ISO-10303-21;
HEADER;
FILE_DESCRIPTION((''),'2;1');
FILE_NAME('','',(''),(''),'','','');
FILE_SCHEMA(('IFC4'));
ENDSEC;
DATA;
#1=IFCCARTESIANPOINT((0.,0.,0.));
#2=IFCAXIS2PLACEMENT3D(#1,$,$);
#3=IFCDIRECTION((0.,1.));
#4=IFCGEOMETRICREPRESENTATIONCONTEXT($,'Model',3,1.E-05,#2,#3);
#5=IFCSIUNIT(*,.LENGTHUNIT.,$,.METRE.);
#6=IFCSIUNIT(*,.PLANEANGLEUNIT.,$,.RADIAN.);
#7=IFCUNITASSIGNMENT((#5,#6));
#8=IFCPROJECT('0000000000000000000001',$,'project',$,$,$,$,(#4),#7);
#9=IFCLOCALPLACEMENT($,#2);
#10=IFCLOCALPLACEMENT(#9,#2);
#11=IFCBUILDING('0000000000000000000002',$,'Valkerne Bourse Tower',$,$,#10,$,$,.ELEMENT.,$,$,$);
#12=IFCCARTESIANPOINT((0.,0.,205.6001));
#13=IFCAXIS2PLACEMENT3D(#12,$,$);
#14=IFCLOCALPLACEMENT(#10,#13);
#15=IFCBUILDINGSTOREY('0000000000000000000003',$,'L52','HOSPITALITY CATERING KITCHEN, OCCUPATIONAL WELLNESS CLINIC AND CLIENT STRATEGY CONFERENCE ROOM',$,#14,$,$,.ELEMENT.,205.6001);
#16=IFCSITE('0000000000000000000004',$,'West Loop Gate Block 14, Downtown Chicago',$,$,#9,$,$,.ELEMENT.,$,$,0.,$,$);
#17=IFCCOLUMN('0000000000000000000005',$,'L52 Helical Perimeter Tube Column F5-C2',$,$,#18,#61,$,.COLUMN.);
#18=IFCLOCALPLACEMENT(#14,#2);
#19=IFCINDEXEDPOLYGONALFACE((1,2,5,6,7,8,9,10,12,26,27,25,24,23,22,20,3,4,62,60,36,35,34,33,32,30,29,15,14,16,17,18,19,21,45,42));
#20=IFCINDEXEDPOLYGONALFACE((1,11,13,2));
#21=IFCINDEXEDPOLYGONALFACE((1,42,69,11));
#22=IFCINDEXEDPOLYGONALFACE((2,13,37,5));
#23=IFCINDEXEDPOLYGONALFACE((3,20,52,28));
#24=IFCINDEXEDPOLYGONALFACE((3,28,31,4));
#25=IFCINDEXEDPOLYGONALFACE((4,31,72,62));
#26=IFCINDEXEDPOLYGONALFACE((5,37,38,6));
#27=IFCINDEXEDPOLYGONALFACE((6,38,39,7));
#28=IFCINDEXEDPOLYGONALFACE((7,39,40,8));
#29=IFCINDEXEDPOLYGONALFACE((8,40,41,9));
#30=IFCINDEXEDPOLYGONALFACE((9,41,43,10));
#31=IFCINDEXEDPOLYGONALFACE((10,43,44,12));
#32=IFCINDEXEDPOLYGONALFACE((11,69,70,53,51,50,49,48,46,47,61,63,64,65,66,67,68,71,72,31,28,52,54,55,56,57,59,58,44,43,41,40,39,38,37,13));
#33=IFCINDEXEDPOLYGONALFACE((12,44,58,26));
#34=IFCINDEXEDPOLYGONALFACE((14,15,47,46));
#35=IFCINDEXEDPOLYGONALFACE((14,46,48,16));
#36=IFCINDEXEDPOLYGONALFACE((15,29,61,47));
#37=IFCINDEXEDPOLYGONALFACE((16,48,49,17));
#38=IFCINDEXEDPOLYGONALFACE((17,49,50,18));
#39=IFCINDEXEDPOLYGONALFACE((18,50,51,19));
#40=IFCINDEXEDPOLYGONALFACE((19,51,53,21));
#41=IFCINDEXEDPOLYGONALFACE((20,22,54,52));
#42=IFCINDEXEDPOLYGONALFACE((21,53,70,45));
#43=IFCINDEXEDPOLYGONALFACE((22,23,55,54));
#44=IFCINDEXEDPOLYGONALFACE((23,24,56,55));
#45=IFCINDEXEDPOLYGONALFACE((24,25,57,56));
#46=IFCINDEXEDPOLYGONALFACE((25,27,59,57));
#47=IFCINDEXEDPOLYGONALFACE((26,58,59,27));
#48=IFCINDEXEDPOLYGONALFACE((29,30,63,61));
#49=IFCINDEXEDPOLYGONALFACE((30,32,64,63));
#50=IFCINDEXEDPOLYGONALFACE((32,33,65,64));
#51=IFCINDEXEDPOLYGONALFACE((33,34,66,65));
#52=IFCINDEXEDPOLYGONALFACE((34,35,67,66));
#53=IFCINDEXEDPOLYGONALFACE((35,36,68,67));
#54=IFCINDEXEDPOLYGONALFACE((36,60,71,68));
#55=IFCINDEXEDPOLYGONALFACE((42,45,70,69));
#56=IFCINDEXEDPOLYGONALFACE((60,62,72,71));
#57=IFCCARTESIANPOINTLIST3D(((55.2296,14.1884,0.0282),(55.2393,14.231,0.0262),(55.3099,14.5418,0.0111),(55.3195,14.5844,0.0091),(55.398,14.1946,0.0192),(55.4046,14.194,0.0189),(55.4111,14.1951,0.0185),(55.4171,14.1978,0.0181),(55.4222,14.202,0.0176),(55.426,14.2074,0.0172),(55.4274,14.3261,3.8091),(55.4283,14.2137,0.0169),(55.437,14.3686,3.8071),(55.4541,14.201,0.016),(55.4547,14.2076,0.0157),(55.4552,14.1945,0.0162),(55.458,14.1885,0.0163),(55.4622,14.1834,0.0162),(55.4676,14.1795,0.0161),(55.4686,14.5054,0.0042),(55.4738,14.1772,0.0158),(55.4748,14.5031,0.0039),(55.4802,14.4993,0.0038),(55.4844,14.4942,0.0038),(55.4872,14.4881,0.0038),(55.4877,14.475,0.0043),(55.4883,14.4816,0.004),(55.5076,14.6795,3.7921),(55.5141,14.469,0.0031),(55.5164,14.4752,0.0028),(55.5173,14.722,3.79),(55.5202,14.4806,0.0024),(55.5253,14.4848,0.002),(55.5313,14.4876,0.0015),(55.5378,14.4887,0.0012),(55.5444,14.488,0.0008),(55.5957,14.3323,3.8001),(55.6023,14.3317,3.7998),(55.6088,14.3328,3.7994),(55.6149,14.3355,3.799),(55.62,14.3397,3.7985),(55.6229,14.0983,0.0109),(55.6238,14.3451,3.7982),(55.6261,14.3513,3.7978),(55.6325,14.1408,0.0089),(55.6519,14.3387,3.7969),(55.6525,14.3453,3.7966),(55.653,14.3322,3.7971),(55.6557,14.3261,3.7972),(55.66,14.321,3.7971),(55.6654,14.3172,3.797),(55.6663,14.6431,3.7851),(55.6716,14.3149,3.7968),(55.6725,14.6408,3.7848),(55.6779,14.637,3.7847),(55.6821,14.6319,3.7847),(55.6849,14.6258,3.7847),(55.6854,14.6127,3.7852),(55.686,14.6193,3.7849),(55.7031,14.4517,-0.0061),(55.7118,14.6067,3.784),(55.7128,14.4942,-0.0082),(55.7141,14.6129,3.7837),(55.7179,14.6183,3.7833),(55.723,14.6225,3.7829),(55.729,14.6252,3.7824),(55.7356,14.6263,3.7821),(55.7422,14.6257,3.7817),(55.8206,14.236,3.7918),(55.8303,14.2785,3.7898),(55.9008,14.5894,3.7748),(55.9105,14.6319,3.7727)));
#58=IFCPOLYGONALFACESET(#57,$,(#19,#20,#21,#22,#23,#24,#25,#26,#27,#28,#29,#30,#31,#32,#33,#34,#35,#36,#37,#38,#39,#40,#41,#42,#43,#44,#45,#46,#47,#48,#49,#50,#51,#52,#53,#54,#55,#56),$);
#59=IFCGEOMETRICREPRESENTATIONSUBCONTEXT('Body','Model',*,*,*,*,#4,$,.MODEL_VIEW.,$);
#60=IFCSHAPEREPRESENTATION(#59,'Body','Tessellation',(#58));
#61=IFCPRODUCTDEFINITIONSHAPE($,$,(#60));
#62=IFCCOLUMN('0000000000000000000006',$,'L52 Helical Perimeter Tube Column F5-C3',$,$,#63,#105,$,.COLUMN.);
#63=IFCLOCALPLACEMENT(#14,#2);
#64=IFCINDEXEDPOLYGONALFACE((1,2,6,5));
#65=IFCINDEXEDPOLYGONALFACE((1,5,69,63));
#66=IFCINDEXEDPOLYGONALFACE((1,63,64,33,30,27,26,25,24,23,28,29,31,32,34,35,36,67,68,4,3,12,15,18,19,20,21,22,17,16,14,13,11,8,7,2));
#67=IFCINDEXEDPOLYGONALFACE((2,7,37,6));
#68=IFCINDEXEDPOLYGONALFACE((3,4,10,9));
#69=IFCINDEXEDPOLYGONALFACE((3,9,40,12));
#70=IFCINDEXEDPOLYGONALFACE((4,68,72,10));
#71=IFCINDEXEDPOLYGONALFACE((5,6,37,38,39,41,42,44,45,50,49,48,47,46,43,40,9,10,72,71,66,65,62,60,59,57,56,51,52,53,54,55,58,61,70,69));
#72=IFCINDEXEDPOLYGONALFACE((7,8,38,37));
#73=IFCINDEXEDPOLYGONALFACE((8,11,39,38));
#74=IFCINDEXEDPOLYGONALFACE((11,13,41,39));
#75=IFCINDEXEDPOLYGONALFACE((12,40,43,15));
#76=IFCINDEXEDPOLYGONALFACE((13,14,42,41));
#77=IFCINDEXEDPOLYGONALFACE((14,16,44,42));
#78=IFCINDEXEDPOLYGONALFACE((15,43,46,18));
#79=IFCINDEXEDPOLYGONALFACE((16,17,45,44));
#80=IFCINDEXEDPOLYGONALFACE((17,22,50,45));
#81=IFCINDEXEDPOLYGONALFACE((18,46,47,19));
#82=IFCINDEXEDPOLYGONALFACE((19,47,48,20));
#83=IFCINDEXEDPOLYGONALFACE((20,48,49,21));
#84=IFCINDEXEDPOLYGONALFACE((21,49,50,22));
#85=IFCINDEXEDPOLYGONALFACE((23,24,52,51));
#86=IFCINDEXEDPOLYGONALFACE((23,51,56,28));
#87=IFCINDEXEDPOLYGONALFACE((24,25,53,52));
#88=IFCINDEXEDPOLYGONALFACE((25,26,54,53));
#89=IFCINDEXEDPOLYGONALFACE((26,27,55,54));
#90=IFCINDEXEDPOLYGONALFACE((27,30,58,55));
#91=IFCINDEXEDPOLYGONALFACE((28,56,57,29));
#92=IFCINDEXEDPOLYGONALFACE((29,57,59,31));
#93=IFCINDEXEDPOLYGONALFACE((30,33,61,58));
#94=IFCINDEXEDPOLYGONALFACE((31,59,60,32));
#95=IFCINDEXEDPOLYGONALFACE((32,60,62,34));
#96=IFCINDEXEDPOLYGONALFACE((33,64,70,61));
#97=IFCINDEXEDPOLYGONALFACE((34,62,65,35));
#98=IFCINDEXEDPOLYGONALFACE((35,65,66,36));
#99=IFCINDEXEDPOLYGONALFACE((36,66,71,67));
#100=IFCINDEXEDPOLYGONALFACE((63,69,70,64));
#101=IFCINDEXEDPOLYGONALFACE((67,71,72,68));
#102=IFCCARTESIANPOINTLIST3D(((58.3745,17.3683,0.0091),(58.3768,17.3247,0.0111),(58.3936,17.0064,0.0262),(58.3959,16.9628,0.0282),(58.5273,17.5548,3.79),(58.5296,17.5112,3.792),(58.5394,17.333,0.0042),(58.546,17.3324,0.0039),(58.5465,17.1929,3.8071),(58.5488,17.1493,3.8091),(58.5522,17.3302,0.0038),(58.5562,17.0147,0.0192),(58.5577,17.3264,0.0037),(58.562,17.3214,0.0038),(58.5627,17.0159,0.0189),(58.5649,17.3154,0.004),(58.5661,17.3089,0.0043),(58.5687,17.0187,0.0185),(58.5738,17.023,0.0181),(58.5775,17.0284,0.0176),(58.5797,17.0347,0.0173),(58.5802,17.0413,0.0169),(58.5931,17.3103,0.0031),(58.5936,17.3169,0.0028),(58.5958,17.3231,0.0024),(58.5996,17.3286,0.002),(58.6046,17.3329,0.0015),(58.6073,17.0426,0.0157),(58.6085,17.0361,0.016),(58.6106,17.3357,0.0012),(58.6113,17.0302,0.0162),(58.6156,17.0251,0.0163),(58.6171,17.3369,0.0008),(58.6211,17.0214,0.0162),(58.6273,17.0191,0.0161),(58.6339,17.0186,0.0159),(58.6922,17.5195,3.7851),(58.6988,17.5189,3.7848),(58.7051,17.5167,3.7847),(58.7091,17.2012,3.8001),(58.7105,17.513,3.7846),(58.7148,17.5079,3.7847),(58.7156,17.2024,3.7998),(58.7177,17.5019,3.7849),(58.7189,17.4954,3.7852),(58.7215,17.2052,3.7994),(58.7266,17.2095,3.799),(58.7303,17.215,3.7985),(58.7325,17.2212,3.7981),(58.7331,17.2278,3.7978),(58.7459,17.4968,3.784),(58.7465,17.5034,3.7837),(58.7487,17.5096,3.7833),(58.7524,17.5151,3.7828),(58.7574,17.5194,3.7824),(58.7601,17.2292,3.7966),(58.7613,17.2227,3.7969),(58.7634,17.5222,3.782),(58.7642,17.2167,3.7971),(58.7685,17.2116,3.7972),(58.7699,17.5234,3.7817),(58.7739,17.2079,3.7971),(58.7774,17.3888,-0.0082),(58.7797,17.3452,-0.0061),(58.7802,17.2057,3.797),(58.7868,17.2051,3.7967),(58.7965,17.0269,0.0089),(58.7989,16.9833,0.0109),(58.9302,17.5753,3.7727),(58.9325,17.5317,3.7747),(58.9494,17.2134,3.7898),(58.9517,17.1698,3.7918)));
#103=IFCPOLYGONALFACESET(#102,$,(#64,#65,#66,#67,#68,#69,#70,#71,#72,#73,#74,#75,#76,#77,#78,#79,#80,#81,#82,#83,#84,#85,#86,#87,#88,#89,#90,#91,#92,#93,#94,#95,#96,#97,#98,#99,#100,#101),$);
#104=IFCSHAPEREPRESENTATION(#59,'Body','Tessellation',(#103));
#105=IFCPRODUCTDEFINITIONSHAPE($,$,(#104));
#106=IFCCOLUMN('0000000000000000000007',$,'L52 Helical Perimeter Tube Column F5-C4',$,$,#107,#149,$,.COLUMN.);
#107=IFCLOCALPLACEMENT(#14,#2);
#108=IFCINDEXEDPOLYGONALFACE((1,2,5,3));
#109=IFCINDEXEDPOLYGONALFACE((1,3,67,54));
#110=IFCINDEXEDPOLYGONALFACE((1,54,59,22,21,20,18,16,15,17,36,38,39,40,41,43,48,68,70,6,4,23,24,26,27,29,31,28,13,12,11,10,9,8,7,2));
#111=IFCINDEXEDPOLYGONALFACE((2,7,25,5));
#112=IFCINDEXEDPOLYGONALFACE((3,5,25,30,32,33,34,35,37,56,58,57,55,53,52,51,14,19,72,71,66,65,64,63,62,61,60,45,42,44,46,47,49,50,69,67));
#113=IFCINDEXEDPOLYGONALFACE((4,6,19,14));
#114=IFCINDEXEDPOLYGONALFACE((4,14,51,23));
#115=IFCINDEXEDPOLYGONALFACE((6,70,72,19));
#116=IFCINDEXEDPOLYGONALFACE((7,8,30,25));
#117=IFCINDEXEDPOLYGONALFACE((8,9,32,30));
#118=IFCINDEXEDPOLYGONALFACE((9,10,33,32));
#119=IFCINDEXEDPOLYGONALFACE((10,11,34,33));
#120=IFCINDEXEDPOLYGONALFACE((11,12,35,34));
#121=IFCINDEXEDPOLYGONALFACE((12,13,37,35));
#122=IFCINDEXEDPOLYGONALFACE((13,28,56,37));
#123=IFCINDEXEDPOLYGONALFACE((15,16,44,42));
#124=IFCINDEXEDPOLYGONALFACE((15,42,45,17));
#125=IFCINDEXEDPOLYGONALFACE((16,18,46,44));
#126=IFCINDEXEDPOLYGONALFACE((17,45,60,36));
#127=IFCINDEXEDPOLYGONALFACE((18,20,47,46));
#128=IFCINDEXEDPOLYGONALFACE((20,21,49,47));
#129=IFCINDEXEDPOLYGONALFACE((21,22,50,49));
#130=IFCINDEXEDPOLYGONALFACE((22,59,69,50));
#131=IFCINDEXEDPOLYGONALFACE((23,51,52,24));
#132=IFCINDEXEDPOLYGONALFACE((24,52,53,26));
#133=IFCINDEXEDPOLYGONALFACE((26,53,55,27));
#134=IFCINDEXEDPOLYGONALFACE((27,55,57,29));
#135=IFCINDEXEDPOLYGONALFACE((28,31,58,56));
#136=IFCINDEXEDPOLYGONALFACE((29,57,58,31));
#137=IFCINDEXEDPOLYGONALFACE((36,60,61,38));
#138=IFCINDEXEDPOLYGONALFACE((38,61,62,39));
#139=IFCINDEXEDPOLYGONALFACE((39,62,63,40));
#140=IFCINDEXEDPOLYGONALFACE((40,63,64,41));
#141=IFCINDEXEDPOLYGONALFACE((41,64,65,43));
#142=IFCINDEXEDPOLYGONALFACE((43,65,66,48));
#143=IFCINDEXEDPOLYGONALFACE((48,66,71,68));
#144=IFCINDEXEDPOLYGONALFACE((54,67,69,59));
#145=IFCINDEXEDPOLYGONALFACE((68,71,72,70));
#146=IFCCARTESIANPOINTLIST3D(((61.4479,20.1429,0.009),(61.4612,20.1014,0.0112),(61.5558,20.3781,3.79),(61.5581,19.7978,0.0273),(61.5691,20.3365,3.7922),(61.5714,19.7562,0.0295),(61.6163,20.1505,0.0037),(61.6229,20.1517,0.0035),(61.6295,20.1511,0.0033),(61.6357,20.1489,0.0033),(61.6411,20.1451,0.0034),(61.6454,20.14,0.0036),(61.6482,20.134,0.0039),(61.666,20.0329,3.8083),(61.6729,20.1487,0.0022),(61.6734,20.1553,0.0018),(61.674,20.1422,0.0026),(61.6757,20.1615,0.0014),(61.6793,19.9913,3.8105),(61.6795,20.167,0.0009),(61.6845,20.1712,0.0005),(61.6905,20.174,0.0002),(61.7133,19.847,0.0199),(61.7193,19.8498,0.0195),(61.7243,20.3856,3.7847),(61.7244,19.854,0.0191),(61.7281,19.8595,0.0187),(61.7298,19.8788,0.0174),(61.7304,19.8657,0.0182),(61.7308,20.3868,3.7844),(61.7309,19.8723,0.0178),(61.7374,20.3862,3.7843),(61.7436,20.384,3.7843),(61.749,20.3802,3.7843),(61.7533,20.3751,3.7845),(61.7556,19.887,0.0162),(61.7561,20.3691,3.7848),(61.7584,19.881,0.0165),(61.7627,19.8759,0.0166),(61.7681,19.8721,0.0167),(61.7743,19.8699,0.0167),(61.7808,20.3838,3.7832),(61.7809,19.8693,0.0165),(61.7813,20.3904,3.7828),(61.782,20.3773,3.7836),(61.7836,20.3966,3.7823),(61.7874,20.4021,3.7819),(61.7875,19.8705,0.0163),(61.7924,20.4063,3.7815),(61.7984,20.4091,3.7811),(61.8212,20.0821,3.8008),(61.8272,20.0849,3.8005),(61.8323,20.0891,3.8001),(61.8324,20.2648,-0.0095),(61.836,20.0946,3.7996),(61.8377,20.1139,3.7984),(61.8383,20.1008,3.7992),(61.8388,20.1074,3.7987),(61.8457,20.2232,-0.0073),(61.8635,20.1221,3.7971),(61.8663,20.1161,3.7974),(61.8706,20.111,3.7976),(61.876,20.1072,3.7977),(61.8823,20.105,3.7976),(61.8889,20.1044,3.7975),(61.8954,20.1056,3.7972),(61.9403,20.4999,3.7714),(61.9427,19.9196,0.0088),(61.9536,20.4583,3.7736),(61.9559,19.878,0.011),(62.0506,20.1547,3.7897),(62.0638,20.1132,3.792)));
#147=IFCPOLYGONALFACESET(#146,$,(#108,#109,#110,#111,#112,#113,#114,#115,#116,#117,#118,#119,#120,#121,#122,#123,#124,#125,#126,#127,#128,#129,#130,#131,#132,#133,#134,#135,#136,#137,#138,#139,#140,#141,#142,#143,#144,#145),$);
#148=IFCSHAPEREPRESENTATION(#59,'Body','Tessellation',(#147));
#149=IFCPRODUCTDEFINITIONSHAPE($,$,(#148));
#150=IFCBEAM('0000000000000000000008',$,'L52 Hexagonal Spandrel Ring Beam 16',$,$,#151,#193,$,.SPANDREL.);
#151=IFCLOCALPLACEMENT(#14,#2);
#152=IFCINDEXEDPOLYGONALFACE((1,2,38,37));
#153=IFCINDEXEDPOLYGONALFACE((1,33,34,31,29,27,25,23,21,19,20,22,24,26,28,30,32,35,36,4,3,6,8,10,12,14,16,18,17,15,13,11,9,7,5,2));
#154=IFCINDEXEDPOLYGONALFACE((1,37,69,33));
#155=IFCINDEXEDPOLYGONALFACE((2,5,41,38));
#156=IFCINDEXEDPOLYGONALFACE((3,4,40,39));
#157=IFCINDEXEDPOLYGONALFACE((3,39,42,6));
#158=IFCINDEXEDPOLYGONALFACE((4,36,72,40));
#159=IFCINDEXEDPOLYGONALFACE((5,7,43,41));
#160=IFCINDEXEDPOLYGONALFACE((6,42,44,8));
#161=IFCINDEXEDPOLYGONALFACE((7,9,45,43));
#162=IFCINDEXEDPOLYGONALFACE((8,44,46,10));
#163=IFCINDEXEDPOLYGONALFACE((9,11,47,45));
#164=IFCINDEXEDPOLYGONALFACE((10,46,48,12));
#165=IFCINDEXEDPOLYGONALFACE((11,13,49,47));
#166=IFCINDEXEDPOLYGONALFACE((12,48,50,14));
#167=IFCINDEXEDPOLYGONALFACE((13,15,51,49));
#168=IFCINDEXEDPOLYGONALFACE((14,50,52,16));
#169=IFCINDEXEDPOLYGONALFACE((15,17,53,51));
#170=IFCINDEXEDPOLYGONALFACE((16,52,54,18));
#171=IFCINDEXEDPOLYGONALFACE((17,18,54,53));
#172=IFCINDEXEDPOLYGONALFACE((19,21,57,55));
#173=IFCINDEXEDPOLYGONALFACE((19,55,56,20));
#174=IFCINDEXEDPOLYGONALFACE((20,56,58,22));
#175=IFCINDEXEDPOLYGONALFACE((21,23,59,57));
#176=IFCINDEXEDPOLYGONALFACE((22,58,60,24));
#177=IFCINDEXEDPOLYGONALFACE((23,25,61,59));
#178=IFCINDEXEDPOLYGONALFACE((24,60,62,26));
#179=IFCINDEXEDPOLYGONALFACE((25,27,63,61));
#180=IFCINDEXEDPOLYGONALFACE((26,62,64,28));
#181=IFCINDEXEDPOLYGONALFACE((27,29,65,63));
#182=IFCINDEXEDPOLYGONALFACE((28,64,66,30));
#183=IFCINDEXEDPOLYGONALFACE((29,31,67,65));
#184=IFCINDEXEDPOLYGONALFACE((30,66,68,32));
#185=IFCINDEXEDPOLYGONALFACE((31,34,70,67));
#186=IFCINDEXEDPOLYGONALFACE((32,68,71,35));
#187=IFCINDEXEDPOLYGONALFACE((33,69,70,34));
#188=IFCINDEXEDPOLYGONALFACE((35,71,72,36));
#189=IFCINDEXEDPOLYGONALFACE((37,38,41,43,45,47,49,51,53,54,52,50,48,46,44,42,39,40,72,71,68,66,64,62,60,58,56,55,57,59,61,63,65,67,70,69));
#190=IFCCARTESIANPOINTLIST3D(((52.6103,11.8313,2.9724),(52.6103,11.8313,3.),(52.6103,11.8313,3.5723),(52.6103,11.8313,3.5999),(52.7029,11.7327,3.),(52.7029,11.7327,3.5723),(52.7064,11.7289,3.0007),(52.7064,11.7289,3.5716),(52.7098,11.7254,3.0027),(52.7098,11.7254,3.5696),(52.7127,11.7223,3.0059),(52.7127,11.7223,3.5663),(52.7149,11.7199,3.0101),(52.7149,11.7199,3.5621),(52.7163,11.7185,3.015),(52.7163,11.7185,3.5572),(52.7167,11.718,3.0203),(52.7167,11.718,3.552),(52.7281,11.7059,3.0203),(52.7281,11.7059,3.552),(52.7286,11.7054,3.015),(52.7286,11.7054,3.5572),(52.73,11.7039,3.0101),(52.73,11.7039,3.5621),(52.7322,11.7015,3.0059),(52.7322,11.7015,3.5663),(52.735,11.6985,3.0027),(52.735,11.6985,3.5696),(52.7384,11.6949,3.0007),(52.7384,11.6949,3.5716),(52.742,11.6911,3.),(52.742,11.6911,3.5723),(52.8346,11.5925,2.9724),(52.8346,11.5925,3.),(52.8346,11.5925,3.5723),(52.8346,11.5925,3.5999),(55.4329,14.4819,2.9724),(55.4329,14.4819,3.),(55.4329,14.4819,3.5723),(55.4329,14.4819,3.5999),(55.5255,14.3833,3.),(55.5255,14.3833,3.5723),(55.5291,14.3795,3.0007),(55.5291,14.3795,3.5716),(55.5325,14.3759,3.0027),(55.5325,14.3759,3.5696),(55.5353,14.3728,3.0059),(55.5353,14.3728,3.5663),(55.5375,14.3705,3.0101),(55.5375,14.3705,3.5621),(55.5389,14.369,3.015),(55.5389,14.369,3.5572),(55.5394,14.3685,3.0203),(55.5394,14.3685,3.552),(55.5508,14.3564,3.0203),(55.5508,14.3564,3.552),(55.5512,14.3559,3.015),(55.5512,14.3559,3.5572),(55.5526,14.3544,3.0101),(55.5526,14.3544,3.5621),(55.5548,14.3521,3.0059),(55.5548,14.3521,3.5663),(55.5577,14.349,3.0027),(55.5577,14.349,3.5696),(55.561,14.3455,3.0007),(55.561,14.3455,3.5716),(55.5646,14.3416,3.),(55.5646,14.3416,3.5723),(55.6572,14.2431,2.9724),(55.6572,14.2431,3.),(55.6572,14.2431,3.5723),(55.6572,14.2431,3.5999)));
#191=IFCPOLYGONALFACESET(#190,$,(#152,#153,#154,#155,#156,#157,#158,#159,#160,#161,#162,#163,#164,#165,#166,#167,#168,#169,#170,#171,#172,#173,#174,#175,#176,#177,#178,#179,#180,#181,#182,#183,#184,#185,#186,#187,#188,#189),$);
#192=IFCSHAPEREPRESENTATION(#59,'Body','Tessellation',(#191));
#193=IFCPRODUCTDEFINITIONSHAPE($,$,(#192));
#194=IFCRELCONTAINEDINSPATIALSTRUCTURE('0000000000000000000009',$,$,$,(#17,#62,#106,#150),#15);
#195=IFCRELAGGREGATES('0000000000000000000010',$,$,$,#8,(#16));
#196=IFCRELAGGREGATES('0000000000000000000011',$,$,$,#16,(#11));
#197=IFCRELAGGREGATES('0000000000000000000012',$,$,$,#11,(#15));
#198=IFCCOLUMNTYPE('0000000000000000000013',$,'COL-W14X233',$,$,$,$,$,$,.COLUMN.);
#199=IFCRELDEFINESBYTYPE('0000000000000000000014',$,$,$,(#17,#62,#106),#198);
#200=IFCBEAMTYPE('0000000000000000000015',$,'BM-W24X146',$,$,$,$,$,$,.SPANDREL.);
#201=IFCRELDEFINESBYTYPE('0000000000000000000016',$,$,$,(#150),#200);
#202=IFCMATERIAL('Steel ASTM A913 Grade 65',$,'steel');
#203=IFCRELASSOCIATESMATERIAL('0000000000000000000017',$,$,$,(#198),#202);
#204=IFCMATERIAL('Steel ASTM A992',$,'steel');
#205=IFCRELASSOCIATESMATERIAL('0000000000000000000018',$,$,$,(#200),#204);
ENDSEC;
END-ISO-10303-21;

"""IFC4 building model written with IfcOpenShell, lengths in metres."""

from ifc_helpers import new_model, si_unit, direction, frame, origin, origin_2d, place, context, subcontext, project, spatial, i_section, extrude, material, material_profile, profile_set, type_object, element, save


model = new_model("IFC4")

# Units and contexts
model_context = context("Model", 3, precision=1e-05, world=origin(), true_north=direction((0.0, 1.0)))
body_context = subcontext(model_context, "Body", "Model", "MODEL_VIEW")
ifc_project = project(units=[si_unit("LENGTHUNIT", "METRE"), si_unit("PLANEANGLEUNIT", "RADIAN")], contexts=[model_context])

# Site, building, storey
site_placement = place(None, origin())
site = spatial("IfcSite", under=ifc_project, at=site_placement, Name="West Loop Gate Block 14, Downtown Chicago", CompositionType="ELEMENT", RefElevation=0.0)
building_placement = place(site_placement, origin())
building = spatial("IfcBuilding", under=site, at=building_placement, Name="Valkerne Bourse Tower", CompositionType="ELEMENT")
storey_placement = place(building_placement, frame((0.0, 0.0, 205.6001)))
storey = spatial("IfcBuildingStorey", under=building, at=storey_placement, Name="L52", Description="HOSPITALITY CATERING KITCHEN, OCCUPATIONAL WELLNESS CLINIC AND CLIENT STRATEGY CONFERENCE ROOM", CompositionType="ELEMENT", Elevation=205.6001)

# Columns
ifc_material_1 = material(Name="Steel ASTM A913 Grade 65", Category="steel")
ifc_material_profile_1 = material_profile(ifc_material_1, i_section(OverallWidth=0.4038, OverallDepth=0.4065, WebThickness=0.0271, FlangeThickness=0.0437, FilletRadius=0.0254, at=origin_2d()), Name="W14X233")
ifc_profile_set_1 = profile_set([ifc_material_profile_1], Name="Steel ASTM A913 Grade 65")
column_type = type_object("IfcColumnType", Name="COL-W14X233", PredefinedType="COLUMN", material=ifc_profile_set_1)
for number, where, z_axis, x_axis, name in (
    (1, (55.4712, 14.3413, 0.01), (0.052196, 0.036344, 0.997975), (-0.973835, 0.223189, 0.042805), "L52 Helical Perimeter Tube Column F5-C2"),
    (2, (58.5867, 17.1758, 0.01), (0.040339, 0.049232, 0.997972), (-0.997792, -0.050754, 0.042836), "L52 Helical Perimeter Tube Column F5-C3"),
):
    element("IfcColumn", number, at=place(storey_placement, frame(where, z_axis=z_axis, x_axis=x_axis)), inside=storey, type_object=column_type, Name=name, PredefinedType="COLUMN", context=body_context, shape_type="SweptSolid", body=[
        extrude(i_section(OverallWidth=0.4038, OverallDepth=0.4065, WebThickness=0.0271, FlangeThickness=0.0437, FilletRadius=0.0254, at=origin_2d()), origin(), (0.0, 0.0, 1.0), 3.7886),
    ])
column_placement = place(storey_placement, frame((61.7019, 20.0105, 0.01), z_axis=(0.028474, 0.062036, 0.997668), x_axis=(-0.952294, -0.301704, 0.045939)))
element("IfcColumn", 3, at=column_placement, inside=storey, type_object=column_type, Name="L52 Helical Perimeter Tube Column F5-C4", PredefinedType="COLUMN", context=body_context, shape_type="SweptSolid", body=[
    extrude(i_section(OverallWidth=0.4038, OverallDepth=0.4065, WebThickness=0.0271, FlangeThickness=0.0437, FilletRadius=0.0254, at=origin_2d()), origin(), (0.0, 0.0, 1.0), 3.7898),
])

# Beam
ifc_material_2 = material(Name="Steel ASTM A992", Category="steel")
ifc_material_profile_2 = material_profile(ifc_material_2, i_section(OverallWidth=0.3276, OverallDepth=0.6274, WebThickness=0.0166, FlangeThickness=0.0276, FilletRadius=0.0203, at=origin_2d()), Name="W24X146")
ifc_profile_set_2 = profile_set([ifc_material_profile_2], Name="Steel ASTM A992")
beam_type = type_object("IfcBeamType", Name="BM-W24X146", PredefinedType="SPANDREL", material=ifc_profile_set_2)
for number, where, z_axis, x_axis, name in (
    (4, (52.7224, 11.7119, 3.2861), (0.728982, 0.684532, 0.0), (-0.684532, 0.728982, 0.0), "L52 Hexagonal Spandrel Ring Beam 16"),
):
    element("IfcBeam", number, at=place(storey_placement, frame(where, z_axis=z_axis, x_axis=x_axis)), inside=storey, type_object=beam_type, Name=name, PredefinedType="SPANDREL", context=body_context, shape_type="SweptSolid", body=[
        extrude(i_section(OverallWidth=0.3276, OverallDepth=0.6274, WebThickness=0.0166, FlangeThickness=0.0276, FilletRadius=0.0203, at=origin_2d()), origin(), (0.0, 0.0, 1.0), 3.8721),
    ])

save(model, "model.ifc")
